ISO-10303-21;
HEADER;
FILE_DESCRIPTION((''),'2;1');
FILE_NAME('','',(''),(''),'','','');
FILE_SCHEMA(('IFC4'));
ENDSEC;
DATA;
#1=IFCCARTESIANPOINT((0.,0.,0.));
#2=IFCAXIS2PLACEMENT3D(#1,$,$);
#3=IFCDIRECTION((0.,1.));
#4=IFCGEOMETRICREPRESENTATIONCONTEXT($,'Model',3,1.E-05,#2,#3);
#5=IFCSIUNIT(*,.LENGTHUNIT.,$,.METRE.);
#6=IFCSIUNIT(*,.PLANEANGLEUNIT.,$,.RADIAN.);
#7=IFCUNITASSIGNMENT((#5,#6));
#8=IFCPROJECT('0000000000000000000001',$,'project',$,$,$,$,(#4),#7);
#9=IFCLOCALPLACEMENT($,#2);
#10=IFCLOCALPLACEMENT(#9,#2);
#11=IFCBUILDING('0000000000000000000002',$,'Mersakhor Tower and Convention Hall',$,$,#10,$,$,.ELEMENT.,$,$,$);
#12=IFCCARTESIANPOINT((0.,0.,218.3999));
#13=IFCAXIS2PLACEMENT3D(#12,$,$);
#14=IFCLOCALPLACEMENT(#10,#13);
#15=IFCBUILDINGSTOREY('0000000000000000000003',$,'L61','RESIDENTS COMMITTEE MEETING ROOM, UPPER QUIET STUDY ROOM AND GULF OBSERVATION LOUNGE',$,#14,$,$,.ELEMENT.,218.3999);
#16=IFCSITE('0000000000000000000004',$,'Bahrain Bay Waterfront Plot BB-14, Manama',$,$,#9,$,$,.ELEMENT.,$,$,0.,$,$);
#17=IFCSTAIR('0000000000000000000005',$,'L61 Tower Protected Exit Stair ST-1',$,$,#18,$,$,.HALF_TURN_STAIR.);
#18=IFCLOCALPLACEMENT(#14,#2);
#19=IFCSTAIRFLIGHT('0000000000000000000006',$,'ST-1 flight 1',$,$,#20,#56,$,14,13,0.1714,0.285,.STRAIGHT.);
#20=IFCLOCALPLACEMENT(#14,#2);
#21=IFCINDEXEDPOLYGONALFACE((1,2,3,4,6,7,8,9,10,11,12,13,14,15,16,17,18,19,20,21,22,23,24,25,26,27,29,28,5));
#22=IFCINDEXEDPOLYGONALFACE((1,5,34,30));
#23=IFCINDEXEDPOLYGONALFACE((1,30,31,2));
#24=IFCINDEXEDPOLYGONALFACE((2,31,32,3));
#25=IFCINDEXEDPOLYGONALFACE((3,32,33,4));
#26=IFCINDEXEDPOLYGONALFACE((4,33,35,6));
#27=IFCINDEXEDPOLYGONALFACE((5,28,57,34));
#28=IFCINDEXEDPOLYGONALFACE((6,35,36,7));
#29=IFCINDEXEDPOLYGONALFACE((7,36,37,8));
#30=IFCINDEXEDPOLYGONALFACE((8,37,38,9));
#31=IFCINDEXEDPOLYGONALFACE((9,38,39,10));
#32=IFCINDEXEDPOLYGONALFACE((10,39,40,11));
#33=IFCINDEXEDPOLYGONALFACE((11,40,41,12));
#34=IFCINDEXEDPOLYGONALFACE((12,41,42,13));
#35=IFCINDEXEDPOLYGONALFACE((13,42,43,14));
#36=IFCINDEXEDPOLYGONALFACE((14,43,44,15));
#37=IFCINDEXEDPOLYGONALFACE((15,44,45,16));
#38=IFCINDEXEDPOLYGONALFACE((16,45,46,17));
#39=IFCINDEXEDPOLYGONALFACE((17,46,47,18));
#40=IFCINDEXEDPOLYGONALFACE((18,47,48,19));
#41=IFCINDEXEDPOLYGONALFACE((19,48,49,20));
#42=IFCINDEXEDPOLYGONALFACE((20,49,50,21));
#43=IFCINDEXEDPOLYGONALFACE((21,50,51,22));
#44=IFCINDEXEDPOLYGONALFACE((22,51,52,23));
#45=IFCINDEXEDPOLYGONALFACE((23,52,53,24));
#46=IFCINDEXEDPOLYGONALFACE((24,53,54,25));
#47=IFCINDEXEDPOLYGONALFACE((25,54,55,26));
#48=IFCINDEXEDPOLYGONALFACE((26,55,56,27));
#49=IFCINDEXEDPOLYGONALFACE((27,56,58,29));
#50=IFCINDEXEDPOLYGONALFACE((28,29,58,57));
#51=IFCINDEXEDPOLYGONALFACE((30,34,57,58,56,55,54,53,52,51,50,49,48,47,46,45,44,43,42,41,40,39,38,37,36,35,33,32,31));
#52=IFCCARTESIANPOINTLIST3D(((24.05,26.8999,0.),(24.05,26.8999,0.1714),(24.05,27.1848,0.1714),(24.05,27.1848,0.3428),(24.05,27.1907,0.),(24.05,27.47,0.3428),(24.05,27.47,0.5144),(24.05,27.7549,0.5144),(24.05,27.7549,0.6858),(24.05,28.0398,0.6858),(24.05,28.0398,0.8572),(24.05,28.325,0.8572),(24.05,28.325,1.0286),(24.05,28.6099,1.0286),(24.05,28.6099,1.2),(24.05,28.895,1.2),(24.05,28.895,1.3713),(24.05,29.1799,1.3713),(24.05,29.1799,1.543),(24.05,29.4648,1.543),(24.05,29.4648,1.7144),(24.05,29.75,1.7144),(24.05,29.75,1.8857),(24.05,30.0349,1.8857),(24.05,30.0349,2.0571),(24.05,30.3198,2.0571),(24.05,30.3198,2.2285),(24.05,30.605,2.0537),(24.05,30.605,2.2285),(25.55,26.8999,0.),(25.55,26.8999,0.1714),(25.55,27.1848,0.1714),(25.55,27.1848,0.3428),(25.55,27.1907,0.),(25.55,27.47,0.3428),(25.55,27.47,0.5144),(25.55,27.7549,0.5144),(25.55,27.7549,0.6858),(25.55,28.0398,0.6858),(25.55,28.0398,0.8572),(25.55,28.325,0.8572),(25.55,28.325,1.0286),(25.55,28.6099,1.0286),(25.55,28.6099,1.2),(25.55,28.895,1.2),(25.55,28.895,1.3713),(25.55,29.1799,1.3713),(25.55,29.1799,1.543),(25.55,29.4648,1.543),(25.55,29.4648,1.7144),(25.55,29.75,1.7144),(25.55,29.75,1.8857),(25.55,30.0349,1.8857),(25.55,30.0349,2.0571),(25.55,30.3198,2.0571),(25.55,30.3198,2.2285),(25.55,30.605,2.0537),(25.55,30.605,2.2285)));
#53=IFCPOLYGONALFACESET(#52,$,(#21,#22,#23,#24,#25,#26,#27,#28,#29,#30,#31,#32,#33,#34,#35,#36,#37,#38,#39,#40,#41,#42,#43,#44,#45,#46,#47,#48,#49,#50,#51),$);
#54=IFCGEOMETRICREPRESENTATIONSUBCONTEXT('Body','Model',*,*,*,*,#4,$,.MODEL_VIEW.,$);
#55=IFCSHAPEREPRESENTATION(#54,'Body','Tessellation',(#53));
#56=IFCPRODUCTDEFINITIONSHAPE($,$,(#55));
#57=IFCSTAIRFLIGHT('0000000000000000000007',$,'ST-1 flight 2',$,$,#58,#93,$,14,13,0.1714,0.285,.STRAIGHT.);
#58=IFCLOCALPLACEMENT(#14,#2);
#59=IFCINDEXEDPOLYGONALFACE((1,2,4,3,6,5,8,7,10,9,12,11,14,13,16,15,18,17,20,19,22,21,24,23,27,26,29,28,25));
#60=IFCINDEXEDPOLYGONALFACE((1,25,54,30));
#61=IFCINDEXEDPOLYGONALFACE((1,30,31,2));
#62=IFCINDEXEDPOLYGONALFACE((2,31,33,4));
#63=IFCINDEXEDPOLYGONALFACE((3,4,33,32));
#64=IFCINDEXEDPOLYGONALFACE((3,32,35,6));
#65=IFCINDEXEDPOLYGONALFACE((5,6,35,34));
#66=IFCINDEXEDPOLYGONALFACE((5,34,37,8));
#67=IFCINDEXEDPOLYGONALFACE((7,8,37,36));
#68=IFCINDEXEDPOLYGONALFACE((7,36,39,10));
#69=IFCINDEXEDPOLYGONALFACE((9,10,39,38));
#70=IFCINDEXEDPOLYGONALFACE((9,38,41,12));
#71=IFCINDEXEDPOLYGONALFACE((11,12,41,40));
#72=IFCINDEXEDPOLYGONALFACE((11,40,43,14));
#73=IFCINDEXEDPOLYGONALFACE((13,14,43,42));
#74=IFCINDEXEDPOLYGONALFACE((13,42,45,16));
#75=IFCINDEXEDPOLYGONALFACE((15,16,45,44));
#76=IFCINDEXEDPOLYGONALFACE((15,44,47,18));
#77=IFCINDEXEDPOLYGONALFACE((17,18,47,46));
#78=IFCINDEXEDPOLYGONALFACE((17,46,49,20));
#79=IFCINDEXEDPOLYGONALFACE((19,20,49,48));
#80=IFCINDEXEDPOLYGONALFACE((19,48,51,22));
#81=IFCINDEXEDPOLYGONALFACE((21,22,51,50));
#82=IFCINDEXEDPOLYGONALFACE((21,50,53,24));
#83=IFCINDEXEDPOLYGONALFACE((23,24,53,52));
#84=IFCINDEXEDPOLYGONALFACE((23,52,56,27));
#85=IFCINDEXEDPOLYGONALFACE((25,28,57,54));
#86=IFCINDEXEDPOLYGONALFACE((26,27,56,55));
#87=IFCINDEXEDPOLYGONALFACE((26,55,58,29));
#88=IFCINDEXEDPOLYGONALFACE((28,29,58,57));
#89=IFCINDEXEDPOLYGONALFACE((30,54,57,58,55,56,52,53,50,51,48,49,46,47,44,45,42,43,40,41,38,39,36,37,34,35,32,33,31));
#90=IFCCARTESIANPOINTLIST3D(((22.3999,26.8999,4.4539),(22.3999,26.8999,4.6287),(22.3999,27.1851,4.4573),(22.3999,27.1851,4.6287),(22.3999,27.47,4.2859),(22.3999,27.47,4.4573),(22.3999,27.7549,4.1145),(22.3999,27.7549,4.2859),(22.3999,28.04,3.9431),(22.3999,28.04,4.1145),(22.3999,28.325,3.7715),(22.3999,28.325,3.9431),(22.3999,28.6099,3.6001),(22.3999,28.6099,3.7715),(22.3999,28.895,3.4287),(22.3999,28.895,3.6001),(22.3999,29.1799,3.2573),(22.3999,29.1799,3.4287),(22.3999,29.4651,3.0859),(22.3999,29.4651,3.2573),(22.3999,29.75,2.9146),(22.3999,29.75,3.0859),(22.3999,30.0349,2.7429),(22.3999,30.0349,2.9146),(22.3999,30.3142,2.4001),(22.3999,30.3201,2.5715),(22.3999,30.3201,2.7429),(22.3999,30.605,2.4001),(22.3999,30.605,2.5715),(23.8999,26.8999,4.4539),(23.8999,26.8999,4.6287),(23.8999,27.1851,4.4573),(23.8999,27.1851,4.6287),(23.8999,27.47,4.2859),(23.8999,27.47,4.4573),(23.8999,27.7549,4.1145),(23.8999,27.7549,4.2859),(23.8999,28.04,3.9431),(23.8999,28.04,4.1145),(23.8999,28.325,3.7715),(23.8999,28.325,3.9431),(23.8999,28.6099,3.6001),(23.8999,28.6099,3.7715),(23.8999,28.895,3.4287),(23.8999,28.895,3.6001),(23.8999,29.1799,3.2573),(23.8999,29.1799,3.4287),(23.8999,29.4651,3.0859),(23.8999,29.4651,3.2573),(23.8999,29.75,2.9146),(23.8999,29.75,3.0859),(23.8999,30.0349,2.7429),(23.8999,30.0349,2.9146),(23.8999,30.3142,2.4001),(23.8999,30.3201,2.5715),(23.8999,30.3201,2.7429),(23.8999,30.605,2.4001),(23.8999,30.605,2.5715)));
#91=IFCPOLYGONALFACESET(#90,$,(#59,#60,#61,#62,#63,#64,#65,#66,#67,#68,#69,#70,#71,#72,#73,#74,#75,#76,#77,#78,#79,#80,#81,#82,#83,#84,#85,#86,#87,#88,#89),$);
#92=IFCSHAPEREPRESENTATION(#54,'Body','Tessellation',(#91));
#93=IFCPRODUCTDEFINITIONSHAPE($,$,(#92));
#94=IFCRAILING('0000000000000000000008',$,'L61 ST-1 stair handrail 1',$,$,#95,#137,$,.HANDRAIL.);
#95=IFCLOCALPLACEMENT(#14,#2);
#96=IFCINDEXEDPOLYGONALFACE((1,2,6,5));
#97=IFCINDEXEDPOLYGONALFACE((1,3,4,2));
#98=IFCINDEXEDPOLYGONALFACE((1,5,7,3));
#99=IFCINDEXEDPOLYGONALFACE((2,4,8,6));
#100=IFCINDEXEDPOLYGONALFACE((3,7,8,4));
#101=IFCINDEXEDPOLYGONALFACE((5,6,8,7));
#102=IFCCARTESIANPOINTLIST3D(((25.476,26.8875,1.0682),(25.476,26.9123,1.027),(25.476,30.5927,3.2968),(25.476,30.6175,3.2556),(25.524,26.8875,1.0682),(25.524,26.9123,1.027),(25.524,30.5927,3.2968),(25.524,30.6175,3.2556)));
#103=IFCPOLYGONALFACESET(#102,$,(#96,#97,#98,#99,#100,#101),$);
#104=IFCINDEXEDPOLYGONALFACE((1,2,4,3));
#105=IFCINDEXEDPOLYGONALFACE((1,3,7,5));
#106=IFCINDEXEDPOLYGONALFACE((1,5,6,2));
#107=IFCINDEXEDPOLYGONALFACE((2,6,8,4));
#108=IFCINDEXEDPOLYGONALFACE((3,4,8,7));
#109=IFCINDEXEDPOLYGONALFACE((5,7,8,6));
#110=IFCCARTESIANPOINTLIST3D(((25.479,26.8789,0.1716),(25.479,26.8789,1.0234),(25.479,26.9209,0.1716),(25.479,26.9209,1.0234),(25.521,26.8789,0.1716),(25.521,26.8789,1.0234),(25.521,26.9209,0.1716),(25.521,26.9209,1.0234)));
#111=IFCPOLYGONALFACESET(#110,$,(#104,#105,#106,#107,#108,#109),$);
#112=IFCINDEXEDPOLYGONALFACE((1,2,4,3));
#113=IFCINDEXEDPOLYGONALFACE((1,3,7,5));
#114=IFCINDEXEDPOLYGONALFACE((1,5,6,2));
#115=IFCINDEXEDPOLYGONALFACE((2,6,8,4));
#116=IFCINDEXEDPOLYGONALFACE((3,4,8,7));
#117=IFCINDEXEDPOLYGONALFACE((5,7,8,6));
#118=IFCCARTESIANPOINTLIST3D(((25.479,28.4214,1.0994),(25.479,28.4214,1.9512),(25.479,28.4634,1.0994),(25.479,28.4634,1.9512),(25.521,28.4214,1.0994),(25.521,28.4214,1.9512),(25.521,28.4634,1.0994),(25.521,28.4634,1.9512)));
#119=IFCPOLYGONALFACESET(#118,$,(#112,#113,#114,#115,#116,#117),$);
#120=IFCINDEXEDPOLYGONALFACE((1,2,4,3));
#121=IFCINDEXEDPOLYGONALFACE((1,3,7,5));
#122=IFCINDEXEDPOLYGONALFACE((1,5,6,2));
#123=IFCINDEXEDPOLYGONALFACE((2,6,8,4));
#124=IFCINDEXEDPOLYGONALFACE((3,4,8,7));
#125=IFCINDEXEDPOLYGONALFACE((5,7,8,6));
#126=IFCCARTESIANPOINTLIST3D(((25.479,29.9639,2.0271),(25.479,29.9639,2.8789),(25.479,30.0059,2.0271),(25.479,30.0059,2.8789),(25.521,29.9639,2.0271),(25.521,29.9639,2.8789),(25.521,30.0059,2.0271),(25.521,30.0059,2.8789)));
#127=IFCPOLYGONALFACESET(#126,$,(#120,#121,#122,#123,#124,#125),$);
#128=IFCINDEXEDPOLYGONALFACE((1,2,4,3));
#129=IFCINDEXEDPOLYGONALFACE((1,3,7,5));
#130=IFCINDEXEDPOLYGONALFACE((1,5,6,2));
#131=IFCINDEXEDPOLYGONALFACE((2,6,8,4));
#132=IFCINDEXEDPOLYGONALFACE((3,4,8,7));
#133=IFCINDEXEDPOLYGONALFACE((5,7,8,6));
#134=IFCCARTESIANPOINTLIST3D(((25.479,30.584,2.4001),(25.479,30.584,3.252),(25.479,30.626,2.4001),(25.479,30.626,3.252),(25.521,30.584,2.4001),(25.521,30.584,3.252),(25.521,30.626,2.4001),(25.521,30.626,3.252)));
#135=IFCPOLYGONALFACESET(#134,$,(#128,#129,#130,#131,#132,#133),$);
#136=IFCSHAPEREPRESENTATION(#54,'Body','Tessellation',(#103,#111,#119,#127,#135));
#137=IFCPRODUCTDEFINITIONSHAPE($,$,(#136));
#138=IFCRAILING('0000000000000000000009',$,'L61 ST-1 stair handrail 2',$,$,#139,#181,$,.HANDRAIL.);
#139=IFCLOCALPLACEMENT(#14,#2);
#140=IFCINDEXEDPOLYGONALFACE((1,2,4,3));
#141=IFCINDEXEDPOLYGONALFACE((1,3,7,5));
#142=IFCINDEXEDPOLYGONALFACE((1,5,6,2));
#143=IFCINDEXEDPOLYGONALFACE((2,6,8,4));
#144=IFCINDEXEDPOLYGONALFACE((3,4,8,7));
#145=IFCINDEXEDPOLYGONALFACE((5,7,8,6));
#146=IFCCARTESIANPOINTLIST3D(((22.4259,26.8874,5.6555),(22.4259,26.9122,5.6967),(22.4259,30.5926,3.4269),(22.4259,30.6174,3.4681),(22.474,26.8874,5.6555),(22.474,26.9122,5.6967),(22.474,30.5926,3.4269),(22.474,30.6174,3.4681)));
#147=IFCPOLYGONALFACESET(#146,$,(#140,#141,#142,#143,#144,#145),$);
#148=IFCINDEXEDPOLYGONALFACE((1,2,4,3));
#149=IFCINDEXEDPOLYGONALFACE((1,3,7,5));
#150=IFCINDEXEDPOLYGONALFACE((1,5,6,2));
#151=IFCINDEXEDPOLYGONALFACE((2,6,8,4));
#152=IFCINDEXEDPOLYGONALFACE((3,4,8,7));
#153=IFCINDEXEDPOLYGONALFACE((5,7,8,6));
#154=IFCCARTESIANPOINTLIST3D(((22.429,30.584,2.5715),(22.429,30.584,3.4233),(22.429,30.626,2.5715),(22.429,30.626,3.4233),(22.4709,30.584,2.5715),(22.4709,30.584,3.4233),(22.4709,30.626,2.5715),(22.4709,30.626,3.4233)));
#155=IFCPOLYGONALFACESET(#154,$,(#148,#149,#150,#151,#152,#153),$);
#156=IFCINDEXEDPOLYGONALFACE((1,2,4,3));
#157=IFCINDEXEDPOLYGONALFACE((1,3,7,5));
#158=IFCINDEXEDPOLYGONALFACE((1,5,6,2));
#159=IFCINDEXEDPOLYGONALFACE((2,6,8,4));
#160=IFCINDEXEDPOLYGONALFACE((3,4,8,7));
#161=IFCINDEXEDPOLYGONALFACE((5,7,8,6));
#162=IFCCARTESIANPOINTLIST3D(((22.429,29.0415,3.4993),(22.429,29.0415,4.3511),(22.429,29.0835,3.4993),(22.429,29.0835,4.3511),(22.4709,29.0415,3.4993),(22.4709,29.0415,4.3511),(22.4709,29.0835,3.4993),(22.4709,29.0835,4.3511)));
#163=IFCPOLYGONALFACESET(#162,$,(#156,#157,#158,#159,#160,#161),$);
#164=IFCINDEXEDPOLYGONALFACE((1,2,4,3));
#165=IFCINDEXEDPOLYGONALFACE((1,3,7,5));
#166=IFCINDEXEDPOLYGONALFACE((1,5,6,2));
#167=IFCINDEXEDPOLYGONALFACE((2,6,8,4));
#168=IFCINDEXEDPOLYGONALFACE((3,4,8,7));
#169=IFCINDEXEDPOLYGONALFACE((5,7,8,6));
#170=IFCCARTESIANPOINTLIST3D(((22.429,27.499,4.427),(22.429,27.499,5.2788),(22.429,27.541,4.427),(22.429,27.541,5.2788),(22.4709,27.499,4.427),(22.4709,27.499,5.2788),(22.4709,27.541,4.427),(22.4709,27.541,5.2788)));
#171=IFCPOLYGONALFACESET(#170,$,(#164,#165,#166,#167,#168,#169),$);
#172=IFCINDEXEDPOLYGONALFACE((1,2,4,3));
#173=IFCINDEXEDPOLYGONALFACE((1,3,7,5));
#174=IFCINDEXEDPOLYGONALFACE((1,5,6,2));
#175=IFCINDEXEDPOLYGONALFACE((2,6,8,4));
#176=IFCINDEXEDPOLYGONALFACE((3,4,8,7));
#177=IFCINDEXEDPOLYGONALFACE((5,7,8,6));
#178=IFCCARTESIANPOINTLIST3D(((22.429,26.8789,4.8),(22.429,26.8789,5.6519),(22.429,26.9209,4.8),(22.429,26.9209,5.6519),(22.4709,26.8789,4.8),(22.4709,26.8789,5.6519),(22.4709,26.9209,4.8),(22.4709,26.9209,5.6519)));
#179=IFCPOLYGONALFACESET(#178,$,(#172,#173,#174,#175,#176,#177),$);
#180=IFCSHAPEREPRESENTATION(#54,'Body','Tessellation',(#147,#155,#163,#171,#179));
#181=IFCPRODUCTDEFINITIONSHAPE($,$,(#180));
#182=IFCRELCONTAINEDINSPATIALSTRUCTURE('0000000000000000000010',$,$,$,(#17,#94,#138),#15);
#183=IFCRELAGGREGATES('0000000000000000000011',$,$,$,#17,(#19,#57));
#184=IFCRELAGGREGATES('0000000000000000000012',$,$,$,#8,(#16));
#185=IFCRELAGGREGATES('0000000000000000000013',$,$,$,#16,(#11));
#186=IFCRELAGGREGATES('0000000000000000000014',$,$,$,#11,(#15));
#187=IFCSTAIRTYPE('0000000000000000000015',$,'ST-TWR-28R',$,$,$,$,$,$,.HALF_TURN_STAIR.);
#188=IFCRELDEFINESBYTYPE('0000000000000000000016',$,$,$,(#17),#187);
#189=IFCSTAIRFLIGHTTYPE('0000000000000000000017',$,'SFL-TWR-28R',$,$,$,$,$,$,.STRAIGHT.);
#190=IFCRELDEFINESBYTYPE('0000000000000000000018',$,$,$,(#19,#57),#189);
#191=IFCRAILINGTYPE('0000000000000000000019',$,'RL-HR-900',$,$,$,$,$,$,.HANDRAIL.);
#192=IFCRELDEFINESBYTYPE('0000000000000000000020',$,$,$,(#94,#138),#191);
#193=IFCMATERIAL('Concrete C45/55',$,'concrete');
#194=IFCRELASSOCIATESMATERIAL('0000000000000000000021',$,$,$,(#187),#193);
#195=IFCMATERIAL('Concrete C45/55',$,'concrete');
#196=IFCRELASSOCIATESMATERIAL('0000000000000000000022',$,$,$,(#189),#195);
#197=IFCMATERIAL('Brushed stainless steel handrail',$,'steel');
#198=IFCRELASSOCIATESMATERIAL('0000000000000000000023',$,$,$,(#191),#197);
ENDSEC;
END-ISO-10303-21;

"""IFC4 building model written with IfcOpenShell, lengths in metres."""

from ifc_helpers import new_model, si_unit, direction, frame, origin, origin_2d, place, context, subcontext, project, spatial, polyline, rectangle, outline, extrude, material, type_object, element, aggregate, save


model = new_model("IFC4")

# Units and contexts
model_context = context("Model", 3, precision=1e-05, world=origin(), true_north=direction((0.0, 1.0)))
body_context = subcontext(model_context, "Body", "Model", "MODEL_VIEW")
ifc_project = project(units=[si_unit("LENGTHUNIT", "METRE"), si_unit("PLANEANGLEUNIT", "RADIAN")], contexts=[model_context])

# Site, building, storey
site_placement = place(None, origin())
site = spatial("IfcSite", under=ifc_project, at=site_placement, Name="Bahrain Bay Waterfront Plot BB-14, Manama", CompositionType="ELEMENT", RefElevation=0.0)
building_placement = place(site_placement, origin())
building = spatial("IfcBuilding", under=site, at=building_placement, Name="Mersakhor Tower and Convention Hall", CompositionType="ELEMENT")
storey_placement = place(building_placement, frame((0.0, 0.0, 218.3999)))
storey = spatial("IfcBuildingStorey", under=building, at=storey_placement, Name="L61", Description="RESIDENTS COMMITTEE MEETING ROOM, UPPER QUIET STUDY ROOM AND GULF OBSERVATION LOUNGE", CompositionType="ELEMENT", Elevation=218.3999)

# Stair, stair flights
ifc_material_1 = material(Name="Concrete C45/55", Category="concrete")
stair_type = type_object("IfcStairType", Name="ST-TWR-28R", PredefinedType="HALF_TURN_STAIR", material=ifc_material_1)
stair_placement = place(storey_placement, origin())
stair = element("IfcStair", 1, at=stair_placement, inside=storey, type_object=stair_type, Name="L61 Tower Protected Exit Stair ST-1", PredefinedType="HALF_TURN_STAIR")
ifc_material_2 = material(Name="Concrete C45/55", Category="concrete")
stair_flight_type = type_object("IfcStairFlightType", Name="SFL-TWR-28R", PredefinedType="STRAIGHT", material=ifc_material_2)
stair_flight_1_placement = place(storey_placement, frame((24.8, 26.8999, 0.0), z_axis=(0.0, 0.0, 1.0), x_axis=(0.0, 1.0, 0.0)))
stair_flight_1 = element("IfcStairFlight", 2, at=stair_flight_1_placement, type_object=stair_flight_type, Name="ST-1 flight 1", NumberOfRisers=14, NumberOfTreads=13, PredefinedType="STRAIGHT", RiserHeight=0.1714, TreadLength=0.285, context=body_context, shape_type="SweptSolid", body=[
    extrude(outline(polyline([(0.0, 0.0), (0.0, 0.1714), (0.2849, 0.1714), (0.2849, 0.3428), (0.5701, 0.3428), (0.5701, 0.5144), (0.855, 0.5144), (0.855, 0.6858), (1.1399, 0.6858), (1.1399, 0.8572), (1.425, 0.8572), (1.425, 1.0286), (1.71, 1.0286), (1.71, 1.2), (1.9951, 1.2), (1.9951, 1.3713), (2.28, 1.3713), (2.28, 1.543), (2.5649, 1.543), (2.5649, 1.7144), (2.8501, 1.7144), (2.8501, 1.8857), (3.135, 1.8857), (3.135, 2.0571), (3.4199, 2.0571), (3.4199, 2.2285), (3.7051, 2.2285), (3.7051, 2.3999), (3.7051, 2.0537), (0.2908, 0.0), (0.0, 0.0)])), frame((0.0, 0.75, 0.0), z_axis=(0.0, -1.0, 0.0), x_axis=(1.0, 0.0, 0.0)), (0.0, 0.0, 1.0), 1.5),
])
stair_flight_2_placement = place(storey_placement, frame((23.1499, 30.605, 2.4001), z_axis=(0.0, 0.0, 1.0), x_axis=(0.0, -1.0, 0.0)))
stair_flight_2 = element("IfcStairFlight", 3, at=stair_flight_2_placement, type_object=stair_flight_type, Name="ST-1 flight 2", NumberOfRisers=14, NumberOfTreads=13, PredefinedType="STRAIGHT", RiserHeight=0.1714, TreadLength=0.285, context=body_context, shape_type="SweptSolid", body=[
    extrude(outline(polyline([(0.0, 0.0), (0.0, 0.1714), (0.2849, 0.1714), (0.2849, 0.3428), (0.5701, 0.3428), (0.5701, 0.5144), (0.855, 0.5144), (0.855, 0.6858), (1.1399, 0.6858), (1.1399, 0.8572), (1.425, 0.8572), (1.425, 1.0286), (1.71, 1.0286), (1.71, 1.2), (1.9951, 1.2), (1.9951, 1.3713), (2.28, 1.3713), (2.28, 1.543), (2.5649, 1.543), (2.5649, 1.7144), (2.8501, 1.7144), (2.8501, 1.8857), (3.135, 1.8857), (3.135, 2.0571), (3.4199, 2.0571), (3.4199, 2.2285), (3.7051, 2.2285), (3.7051, 2.3999), (3.7051, 2.0537), (0.2908, 0.0), (0.0, 0.0)])), frame((0.0, 0.75, 0.0), z_axis=(0.0, -1.0, 0.0), x_axis=(1.0, 0.0, 0.0)), (0.0, 0.0, 1.0), 1.5),
])
aggregate(stair, [stair_flight_1, stair_flight_2])

# Railings
ifc_material_3 = material(Name="Brushed stainless steel handrail", Category="steel")
railing_type_1 = type_object("IfcRailingType", Name="RL-HR-900", PredefinedType="HANDRAIL", material=ifc_material_3)
railing_1_placement = place(storey_placement, frame((25.5, 26.8999, 0.1716)))
element("IfcRailing", 4, at=railing_1_placement, inside=storey, type_object=railing_type_1, Name="L61 ST-1 stair handrail 1", PredefinedType="HANDRAIL", context=body_context, shape_type="SweptSolid", body=[
    extrude(rectangle(XDim=0.0481, YDim=0.0481, at=origin_2d()), frame((0.0, 0.0, 0.876), z_axis=(0.0, 0.856934, 0.515425), x_axis=(-1.0, 0.0, 0.0)), (0.0, 0.0, 1.0), 4.3237),
    extrude(rectangle(XDim=0.042, YDim=0.042, at=origin_2d()), origin(), (0.0, 0.0, 1.0), 0.8518),
    extrude(rectangle(XDim=0.042, YDim=0.042, at=origin_2d()), frame((0.0, 1.5425, 0.9277)), (0.0, 0.0, 1.0), 0.8518),
    extrude(rectangle(XDim=0.042, YDim=0.042, at=origin_2d()), frame((0.0, 3.085, 1.8555)), (0.0, 0.0, 1.0), 0.8518),
    extrude(rectangle(XDim=0.042, YDim=0.042, at=origin_2d()), frame((0.0, 3.7051, 2.2285)), (0.0, 0.0, 1.0), 0.8518),
])
railing_2_placement = place(storey_placement, frame((22.45, 30.605, 2.5715)))
element("IfcRailing", 5, at=railing_2_placement, inside=storey, type_object=railing_type_1, Name="L61 ST-1 stair handrail 2", PredefinedType="HANDRAIL", context=body_context, shape_type="SweptSolid", body=[
    extrude(rectangle(XDim=0.0481, YDim=0.0481, at=origin_2d()), frame((0.0, 0.0, 0.876), z_axis=(0.0, -0.856934, 0.515425), x_axis=(1.0, 0.0, 0.0)), (0.0, 0.0, 1.0), 4.3237),
    extrude(rectangle(XDim=0.042, YDim=0.042, at=origin_2d()), origin(), (0.0, 0.0, 1.0), 0.8518),
    extrude(rectangle(XDim=0.042, YDim=0.042, at=origin_2d()), frame((0.0, -1.5425, 0.9277)), (0.0, 0.0, 1.0), 0.8518),
    extrude(rectangle(XDim=0.042, YDim=0.042, at=origin_2d()), frame((0.0, -3.085, 1.8555)), (0.0, 0.0, 1.0), 0.8518),
    extrude(rectangle(XDim=0.042, YDim=0.042, at=origin_2d()), frame((0.0, -3.7051, 2.2285)), (0.0, 0.0, 1.0), 0.8518),
])

save(model, "model.ifc")
